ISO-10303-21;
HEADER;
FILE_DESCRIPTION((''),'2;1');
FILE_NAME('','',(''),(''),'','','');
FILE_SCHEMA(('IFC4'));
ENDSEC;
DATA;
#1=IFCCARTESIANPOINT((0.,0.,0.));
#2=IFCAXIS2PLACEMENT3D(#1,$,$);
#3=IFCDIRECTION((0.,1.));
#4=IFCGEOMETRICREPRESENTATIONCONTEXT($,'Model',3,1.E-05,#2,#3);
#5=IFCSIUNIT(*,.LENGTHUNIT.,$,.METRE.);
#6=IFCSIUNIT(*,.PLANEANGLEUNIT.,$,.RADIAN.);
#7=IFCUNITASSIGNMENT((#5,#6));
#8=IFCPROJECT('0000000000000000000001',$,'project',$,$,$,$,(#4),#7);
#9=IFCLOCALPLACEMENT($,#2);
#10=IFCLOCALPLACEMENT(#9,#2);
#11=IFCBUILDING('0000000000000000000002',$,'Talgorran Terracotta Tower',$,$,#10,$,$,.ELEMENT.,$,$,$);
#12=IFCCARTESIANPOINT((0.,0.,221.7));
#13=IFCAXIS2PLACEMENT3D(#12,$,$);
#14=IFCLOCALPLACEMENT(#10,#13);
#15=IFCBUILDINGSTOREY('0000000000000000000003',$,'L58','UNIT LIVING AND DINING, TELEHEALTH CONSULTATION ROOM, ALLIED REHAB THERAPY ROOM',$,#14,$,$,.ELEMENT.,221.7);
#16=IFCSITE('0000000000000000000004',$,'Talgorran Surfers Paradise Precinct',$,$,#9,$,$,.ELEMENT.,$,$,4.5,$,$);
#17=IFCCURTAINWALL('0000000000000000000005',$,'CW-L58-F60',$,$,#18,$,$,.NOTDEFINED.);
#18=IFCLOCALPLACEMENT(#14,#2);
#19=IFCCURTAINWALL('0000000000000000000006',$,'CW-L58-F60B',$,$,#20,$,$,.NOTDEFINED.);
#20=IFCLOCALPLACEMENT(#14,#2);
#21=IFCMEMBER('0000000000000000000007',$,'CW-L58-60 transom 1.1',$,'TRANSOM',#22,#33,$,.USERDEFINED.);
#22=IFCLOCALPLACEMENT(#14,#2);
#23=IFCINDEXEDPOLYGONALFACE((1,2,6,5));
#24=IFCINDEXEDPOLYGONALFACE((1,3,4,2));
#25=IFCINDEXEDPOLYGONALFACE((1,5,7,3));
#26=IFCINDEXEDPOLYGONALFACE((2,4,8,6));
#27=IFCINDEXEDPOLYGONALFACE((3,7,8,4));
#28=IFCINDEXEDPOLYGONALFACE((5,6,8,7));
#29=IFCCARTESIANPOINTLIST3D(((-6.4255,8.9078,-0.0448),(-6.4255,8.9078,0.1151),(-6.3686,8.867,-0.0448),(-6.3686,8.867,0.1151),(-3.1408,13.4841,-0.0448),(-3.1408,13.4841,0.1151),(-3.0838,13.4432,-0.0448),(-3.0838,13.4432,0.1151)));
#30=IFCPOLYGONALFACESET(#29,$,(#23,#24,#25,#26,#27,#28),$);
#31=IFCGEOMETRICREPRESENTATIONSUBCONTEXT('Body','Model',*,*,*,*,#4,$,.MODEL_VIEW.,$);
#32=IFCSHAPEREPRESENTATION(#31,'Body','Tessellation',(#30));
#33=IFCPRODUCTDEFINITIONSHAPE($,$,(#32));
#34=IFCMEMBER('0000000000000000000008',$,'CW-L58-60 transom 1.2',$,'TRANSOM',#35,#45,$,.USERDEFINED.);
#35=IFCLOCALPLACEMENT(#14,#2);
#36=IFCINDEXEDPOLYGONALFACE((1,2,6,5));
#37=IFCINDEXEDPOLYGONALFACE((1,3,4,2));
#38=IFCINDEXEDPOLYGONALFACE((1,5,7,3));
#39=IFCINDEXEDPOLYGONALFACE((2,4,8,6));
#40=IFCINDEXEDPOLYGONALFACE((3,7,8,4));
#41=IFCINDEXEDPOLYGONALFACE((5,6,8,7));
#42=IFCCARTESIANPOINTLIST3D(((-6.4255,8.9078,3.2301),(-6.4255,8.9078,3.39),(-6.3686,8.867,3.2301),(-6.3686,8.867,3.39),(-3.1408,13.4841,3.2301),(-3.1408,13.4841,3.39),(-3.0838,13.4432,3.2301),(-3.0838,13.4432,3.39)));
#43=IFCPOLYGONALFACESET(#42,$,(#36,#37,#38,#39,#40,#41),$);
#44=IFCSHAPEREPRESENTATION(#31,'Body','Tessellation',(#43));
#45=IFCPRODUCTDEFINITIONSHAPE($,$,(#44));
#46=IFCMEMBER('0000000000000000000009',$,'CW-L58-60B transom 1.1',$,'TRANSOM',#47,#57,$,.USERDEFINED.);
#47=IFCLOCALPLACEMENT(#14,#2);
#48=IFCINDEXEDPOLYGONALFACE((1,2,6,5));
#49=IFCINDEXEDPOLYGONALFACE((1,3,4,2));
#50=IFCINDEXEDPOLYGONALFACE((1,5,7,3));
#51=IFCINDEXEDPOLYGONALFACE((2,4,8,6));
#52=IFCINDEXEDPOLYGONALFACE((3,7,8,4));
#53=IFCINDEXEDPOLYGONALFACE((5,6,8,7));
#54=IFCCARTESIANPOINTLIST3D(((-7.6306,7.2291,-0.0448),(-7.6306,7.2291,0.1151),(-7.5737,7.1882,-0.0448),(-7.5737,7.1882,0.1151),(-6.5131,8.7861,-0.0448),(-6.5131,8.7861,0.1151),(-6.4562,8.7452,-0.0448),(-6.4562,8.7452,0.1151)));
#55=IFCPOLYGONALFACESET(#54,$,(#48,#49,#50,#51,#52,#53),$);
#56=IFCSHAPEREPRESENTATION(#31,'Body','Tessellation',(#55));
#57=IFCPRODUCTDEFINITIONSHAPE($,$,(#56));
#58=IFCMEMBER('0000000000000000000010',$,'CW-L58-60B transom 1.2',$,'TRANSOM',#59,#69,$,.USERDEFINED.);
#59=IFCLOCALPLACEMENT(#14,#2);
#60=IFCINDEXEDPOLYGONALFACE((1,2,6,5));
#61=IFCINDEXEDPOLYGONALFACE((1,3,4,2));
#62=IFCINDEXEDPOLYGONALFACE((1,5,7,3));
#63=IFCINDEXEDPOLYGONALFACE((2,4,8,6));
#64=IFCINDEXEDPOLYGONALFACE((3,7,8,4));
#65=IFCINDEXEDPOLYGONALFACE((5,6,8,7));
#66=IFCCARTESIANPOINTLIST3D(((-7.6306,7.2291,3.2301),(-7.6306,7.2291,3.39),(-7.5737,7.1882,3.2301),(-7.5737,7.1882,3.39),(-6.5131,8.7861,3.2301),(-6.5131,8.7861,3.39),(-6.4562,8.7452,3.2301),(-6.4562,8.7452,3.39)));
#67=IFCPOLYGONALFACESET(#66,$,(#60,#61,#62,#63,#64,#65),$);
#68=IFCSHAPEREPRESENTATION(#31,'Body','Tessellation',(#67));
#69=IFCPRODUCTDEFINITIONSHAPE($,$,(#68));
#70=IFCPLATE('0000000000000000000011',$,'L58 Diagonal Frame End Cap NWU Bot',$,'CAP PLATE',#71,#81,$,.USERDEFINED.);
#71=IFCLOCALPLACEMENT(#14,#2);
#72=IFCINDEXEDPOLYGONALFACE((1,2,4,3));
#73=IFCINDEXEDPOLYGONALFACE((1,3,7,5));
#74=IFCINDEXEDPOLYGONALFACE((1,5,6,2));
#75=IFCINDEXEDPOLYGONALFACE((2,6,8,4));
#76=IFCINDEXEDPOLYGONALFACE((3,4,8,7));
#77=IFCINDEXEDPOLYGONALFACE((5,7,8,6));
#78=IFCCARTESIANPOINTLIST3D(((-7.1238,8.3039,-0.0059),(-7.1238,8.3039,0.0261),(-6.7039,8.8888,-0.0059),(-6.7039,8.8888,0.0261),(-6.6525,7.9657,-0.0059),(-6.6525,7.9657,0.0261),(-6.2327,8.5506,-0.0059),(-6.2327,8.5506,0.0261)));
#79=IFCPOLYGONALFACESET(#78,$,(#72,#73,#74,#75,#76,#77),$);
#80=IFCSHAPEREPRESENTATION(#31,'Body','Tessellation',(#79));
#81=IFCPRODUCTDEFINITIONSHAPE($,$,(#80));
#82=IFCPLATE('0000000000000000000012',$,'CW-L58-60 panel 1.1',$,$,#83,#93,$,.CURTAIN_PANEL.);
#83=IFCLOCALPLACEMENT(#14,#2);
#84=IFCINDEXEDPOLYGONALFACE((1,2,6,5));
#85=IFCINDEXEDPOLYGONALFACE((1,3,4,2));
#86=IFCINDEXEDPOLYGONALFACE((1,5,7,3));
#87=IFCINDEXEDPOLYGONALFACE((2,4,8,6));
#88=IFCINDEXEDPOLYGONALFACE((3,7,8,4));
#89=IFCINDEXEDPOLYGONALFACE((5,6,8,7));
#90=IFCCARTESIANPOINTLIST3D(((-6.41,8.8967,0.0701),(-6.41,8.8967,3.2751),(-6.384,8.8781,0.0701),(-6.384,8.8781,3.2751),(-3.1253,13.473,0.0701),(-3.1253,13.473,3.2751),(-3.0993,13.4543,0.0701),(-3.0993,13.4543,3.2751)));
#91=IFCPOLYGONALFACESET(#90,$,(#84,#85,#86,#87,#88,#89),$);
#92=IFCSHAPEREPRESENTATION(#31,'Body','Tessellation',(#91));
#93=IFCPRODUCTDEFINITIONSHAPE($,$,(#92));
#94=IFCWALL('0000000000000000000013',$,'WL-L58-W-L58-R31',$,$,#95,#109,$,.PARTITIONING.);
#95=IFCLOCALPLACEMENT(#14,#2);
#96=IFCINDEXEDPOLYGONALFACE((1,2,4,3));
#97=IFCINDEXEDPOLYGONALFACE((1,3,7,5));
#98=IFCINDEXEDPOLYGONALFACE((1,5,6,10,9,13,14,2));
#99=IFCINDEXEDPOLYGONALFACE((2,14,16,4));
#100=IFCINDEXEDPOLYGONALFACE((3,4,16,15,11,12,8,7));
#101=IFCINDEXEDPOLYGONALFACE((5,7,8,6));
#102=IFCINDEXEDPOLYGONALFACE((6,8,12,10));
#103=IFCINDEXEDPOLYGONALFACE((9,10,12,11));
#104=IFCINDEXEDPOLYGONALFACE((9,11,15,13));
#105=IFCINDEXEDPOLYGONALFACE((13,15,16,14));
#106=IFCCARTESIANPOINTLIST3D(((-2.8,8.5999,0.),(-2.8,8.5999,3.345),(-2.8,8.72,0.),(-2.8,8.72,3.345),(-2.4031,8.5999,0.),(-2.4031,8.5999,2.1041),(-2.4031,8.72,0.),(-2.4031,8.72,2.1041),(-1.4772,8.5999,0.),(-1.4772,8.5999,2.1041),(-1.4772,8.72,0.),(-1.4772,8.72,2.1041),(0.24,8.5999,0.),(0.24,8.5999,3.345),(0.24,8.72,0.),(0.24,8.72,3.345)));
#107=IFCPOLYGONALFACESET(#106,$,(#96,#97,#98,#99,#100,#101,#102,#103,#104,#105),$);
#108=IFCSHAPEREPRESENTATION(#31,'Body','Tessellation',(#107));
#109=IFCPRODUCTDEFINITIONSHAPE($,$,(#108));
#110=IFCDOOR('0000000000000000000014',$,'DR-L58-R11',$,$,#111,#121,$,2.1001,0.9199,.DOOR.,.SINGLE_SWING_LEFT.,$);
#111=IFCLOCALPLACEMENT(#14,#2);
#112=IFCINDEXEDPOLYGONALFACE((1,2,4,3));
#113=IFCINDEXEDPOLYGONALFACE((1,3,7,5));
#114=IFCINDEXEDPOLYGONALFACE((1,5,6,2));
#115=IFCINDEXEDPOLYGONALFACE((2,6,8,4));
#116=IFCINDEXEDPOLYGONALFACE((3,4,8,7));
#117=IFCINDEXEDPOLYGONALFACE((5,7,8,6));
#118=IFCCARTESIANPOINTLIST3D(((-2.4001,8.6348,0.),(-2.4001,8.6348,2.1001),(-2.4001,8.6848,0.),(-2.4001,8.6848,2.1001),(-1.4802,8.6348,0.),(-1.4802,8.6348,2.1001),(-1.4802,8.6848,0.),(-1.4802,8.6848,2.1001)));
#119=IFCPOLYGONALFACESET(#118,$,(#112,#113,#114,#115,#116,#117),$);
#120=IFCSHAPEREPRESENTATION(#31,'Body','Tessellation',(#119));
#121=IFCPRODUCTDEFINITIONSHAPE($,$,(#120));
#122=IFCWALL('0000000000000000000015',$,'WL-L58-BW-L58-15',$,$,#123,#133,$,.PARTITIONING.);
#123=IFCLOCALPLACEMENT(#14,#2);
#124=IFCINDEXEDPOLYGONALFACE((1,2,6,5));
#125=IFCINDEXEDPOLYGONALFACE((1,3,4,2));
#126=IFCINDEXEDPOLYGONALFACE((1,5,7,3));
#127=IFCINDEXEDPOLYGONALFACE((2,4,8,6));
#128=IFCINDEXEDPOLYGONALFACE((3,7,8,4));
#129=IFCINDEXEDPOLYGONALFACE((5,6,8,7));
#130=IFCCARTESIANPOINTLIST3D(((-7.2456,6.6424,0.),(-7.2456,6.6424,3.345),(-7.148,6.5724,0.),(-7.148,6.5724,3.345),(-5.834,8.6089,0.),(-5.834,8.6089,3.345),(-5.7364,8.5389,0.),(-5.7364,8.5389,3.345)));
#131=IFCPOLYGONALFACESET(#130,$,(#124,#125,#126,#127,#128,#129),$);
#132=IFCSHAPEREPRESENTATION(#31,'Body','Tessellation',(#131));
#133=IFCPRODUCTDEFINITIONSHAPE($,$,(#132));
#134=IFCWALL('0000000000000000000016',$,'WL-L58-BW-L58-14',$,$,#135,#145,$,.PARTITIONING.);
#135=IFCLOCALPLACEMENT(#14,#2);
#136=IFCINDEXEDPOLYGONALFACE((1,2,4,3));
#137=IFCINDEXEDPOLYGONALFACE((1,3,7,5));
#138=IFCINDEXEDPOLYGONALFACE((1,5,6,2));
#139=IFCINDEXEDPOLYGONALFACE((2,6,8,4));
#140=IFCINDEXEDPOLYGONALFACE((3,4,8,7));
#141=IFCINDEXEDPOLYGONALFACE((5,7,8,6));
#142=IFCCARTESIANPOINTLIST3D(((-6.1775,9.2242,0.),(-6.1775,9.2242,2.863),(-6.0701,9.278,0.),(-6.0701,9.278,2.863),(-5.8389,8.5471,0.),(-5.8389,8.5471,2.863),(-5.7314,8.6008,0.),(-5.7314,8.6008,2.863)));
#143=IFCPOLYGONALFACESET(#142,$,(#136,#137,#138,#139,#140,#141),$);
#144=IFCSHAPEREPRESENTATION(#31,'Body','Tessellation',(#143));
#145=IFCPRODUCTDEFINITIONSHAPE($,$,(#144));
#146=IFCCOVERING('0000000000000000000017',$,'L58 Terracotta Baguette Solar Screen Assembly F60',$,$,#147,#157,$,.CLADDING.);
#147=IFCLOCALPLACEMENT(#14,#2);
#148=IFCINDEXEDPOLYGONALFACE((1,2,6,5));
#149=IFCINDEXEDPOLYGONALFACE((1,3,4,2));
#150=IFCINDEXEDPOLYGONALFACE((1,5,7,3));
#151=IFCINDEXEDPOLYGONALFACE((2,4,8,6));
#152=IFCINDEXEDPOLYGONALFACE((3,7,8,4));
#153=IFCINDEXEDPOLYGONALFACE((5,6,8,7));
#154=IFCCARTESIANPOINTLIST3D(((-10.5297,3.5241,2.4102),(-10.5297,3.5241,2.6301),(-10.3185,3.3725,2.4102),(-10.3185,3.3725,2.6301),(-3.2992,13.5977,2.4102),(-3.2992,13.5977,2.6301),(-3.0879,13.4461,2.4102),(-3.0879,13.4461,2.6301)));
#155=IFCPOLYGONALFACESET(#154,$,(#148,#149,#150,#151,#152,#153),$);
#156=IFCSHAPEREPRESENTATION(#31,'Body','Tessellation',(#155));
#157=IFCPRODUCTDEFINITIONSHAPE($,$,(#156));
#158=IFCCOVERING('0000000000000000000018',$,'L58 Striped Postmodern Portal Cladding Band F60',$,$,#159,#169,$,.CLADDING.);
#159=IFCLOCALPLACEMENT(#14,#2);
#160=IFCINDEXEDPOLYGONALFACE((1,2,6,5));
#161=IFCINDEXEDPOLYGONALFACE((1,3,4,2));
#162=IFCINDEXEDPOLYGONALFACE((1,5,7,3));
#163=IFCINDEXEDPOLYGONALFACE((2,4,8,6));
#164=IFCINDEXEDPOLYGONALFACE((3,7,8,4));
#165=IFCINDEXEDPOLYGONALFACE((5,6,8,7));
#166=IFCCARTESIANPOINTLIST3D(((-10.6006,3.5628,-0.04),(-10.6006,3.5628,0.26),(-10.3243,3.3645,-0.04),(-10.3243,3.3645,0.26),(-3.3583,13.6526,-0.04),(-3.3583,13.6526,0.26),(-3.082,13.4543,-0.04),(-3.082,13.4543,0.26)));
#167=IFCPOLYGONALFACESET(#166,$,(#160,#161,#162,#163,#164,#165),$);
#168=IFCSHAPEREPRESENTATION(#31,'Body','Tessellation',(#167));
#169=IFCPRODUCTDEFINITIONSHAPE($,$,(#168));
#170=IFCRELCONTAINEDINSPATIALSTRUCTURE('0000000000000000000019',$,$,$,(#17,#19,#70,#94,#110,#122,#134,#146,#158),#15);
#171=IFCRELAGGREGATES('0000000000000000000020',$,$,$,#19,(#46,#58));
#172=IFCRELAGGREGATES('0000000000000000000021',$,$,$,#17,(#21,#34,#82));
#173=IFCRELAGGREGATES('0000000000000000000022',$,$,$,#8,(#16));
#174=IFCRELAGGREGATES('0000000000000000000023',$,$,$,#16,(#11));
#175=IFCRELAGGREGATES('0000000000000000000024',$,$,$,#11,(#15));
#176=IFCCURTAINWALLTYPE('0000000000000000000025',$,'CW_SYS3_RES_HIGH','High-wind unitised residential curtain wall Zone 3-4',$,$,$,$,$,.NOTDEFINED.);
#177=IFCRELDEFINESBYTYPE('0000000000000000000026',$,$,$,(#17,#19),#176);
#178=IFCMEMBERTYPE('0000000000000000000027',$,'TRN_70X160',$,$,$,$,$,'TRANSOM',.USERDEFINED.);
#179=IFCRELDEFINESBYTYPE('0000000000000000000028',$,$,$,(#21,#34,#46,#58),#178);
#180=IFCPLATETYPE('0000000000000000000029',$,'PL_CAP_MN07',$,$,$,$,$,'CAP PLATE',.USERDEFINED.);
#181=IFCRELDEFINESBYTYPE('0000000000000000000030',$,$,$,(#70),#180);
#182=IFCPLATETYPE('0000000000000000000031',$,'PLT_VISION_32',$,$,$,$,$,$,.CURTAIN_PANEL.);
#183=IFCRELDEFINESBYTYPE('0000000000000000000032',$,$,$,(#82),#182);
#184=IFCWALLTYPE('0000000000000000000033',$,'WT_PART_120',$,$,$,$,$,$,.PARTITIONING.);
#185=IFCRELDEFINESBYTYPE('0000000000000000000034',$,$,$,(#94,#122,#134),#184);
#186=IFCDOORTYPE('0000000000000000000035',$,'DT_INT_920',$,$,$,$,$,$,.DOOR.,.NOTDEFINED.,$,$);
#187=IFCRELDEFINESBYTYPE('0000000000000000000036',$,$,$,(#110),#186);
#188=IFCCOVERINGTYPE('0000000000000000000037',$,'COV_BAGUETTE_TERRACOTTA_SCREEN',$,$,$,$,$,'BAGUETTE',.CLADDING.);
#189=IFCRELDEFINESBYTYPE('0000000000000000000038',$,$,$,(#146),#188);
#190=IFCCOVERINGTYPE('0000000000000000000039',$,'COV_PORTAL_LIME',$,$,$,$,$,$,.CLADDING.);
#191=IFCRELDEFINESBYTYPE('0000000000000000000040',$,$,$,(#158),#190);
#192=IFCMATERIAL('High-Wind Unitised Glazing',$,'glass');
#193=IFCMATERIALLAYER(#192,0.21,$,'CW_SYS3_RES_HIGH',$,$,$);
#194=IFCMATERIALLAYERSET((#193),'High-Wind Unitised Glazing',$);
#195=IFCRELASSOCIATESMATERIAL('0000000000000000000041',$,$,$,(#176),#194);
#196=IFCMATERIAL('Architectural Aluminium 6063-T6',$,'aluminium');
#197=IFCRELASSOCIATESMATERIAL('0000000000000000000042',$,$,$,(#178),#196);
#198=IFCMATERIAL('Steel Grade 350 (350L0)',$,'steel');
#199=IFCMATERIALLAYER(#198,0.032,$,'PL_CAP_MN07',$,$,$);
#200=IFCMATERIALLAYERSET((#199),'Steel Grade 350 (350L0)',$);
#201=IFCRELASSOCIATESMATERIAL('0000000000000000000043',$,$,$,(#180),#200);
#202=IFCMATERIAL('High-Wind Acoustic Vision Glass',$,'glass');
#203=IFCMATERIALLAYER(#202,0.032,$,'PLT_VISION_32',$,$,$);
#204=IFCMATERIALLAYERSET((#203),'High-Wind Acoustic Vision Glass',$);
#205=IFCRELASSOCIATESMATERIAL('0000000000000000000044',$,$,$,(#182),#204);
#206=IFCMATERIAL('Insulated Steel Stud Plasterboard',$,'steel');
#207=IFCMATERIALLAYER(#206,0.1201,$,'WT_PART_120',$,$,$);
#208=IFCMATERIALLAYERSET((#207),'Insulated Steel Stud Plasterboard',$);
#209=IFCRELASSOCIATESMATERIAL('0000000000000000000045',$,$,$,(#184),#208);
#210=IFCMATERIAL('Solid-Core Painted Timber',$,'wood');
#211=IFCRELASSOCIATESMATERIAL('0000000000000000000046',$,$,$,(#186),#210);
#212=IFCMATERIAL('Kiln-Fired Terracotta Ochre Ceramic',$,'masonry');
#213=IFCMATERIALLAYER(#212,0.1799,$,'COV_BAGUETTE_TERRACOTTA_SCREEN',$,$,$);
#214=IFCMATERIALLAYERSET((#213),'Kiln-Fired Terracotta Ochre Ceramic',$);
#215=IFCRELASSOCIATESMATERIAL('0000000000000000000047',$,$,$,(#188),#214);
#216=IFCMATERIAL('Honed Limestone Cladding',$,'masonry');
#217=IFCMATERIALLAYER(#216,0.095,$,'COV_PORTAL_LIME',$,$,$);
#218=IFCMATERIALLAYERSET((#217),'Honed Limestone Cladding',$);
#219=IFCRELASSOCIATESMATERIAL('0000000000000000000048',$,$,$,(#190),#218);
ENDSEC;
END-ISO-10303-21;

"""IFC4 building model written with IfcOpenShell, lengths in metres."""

from ifc_helpers import new_model, si_unit, direction, frame, frame_2d, origin, origin_2d, place, context, subcontext, project, spatial, rectangle, extrude, source, transform, mapped, material, layer, layer_set, material_profile, profile_set, type_object, type_shapes, element, fill, aggregate, save


model = new_model("IFC4")

# Units and contexts
model_context = context("Model", 3, precision=1e-05, world=origin(), true_north=direction((0.0, 1.0)))
body_context = subcontext(model_context, "Body", "Model", "MODEL_VIEW")
ifc_project = project(units=[si_unit("LENGTHUNIT", "METRE"), si_unit("PLANEANGLEUNIT", "RADIAN")], contexts=[model_context])

# Site, building, storey
site_placement = place(None, origin())
site = spatial("IfcSite", under=ifc_project, at=site_placement, Name="Talgorran Surfers Paradise Precinct", CompositionType="ELEMENT", RefElevation=4.5)
building_placement = place(site_placement, origin())
building = spatial("IfcBuilding", under=site, at=building_placement, Name="Talgorran Terracotta Tower", CompositionType="ELEMENT")
storey_placement = place(building_placement, frame((0.0, 0.0, 221.7)))
storey = spatial("IfcBuildingStorey", under=building, at=storey_placement, Name="L58", Description="UNIT LIVING AND DINING, TELEHEALTH CONSULTATION ROOM, ALLIED REHAB THERAPY ROOM", CompositionType="ELEMENT", Elevation=221.7)

# Shared definitions
ifc_material_1 = material(Name="Steel Grade 350 (350L0)", Category="steel")

# Shared definitions
ifc_material_2 = material(Name="High-Wind Unitised Glazing", Category="glass")
ifc_layer_1 = layer(ifc_material_2, 0.21, Name="CW_SYS3_RES_HIGH")
ifc_layer_set_1 = layer_set([ifc_layer_1], Name="High-Wind Unitised Glazing")
curtain_wall_type = type_object("IfcCurtainWallType", Name="CW_SYS3_RES_HIGH", Description="High-wind unitised residential curtain wall Zone 3-4", PredefinedType="NOTDEFINED", material=ifc_layer_set_1)
ifc_material_3 = material(Name="Architectural Aluminium 6063-T6", Category="aluminium")

# Curtain wall
curtain_wall_1_placement = place(storey_placement, origin())
curtain_wall_1 = element("IfcCurtainWall", 1, at=curtain_wall_1_placement, inside=storey, type_object=curtain_wall_type, Name="CW-L58-F60", PredefinedType="NOTDEFINED")

# Curtain wall
curtain_wall_2_placement = place(storey_placement, origin())
curtain_wall_2 = element("IfcCurtainWall", 2, at=curtain_wall_2_placement, inside=storey, type_object=curtain_wall_type, Name="CW-L58-F60B", PredefinedType="NOTDEFINED")

# Members
ifc_material_profile_1 = material_profile(ifc_material_3, rectangle(XDim=0.0701, YDim=0.1599, at=origin_2d()), Name="CWT70X160")
ifc_profile_set_1 = profile_set([ifc_material_profile_1], Name="Architectural Aluminium 6063-T6")
member_type_1 = type_object("IfcMemberType", Name="TRN_70X160", ElementType="TRANSOM", PredefinedType="USERDEFINED", material=ifc_profile_set_1)
member_1_placement = place(storey_placement, frame((-3.1123, 13.4636, 0.0352), z_axis=(-0.583114, -0.81239, 0.0), x_axis=(0.81239, -0.583114, 0.0)))
member_1 = element("IfcMember", 3, at=member_1_placement, type_object=member_type_1, Name="CW-L58-60 transom 1.1", ObjectType="TRANSOM", PredefinedType="USERDEFINED", context=body_context, shape_type="SweptSolid", body=[
    extrude(rectangle(XDim=0.0701, YDim=0.1599, at=origin_2d()), origin(), (0.0, 0.0, 1.0), 5.6331),
])
member_2_placement = place(storey_placement, frame((-3.1123, 13.4636, 3.3101), z_axis=(-0.583114, -0.81239, 0.0), x_axis=(0.81239, -0.583114, 0.0)))
member_2 = element("IfcMember", 4, at=member_2_placement, type_object=member_type_1, Name="CW-L58-60 transom 1.2", ObjectType="TRANSOM", PredefinedType="USERDEFINED", context=body_context, shape_type="SweptSolid", body=[
    extrude(rectangle(XDim=0.0701, YDim=0.1599, at=origin_2d()), origin(), (0.0, 0.0, 1.0), 5.6331),
])
member_3_placement = place(storey_placement, frame((-6.4846, 8.7656, 0.0352), z_axis=(-0.583093, -0.812406, 0.0), x_axis=(0.812406, -0.583093, 0.0)))
member_3 = element("IfcMember", 5, at=member_3_placement, type_object=member_type_1, Name="CW-L58-60B transom 1.1", ObjectType="TRANSOM", PredefinedType="USERDEFINED", context=body_context, shape_type="SweptSolid", body=[
    extrude(rectangle(XDim=0.0701, YDim=0.1599, at=origin_2d()), origin(), (0.0, 0.0, 1.0), 1.9165),
])
member_4_placement = place(storey_placement, frame((-6.4846, 8.7656, 3.3101), z_axis=(-0.583093, -0.812406, 0.0), x_axis=(0.812406, -0.583093, 0.0)))
member_4 = element("IfcMember", 6, at=member_4_placement, type_object=member_type_1, Name="CW-L58-60B transom 1.2", ObjectType="TRANSOM", PredefinedType="USERDEFINED", context=body_context, shape_type="SweptSolid", body=[
    extrude(rectangle(XDim=0.0701, YDim=0.1599, at=origin_2d()), origin(), (0.0, 0.0, 1.0), 1.9165),
])
aggregate(curtain_wall_2, [member_3, member_4])

# Plates
ifc_layer_2 = layer(ifc_material_1, 0.032, Name="PL_CAP_MN07")
ifc_layer_set_2 = layer_set([ifc_layer_2], Name="Steel Grade 350 (350L0)")
plate_type_1 = type_object("IfcPlateType", Name="PL_CAP_MN07", ElementType="CAP PLATE", PredefinedType="USERDEFINED", material=ifc_layer_set_2)
plate_1_placement = place(storey_placement, frame((-6.6782, 8.4272, -0.0059), z_axis=(0.0, 0.0, 1.0), x_axis=(-0.583116, -0.812389, 0.0)))
element("IfcPlate", 7, at=plate_1_placement, inside=storey, type_object=plate_type_1, Name="L58 Diagonal Frame End Cap NWU Bot", ObjectType="CAP PLATE", PredefinedType="USERDEFINED", context=body_context, shape_type="SweptSolid", body=[
    extrude(rectangle(XDim=0.72, YDim=0.5801, at=origin_2d()), origin(), (0.0, 0.0, 1.0), 0.032),
])
ifc_material_4 = material(Name="High-Wind Acoustic Vision Glass", Category="glass")
ifc_layer_3 = layer(ifc_material_4, 0.032, Name="PLT_VISION_32")
ifc_layer_set_3 = layer_set([ifc_layer_3], Name="High-Wind Acoustic Vision Glass")
plate_type_2 = type_object("IfcPlateType", Name="PLT_VISION_32", PredefinedType="CURTAIN_PANEL", material=ifc_layer_set_3)
shared_shape = source(origin(), body_context, "Body", "SweptSolid", [
    extrude(rectangle(XDim=5.6331, YDim=0.032, at=origin_2d()), origin(), (0.0, 0.0, 1.0), 3.2051),
])
type_shapes(plate_type_2, [shared_shape])
plate_2_placement = place(storey_placement, frame((-4.7546, 11.1755, 0.0701), z_axis=(0.0, 0.0, 1.0), x_axis=(-0.583114, -0.81239, 0.0)))
plate_2 = element("IfcPlate", 8, at=plate_2_placement, type_object=plate_type_2, Name="CW-L58-60 panel 1.1", PredefinedType="CURTAIN_PANEL", context=body_context, shape_type="MappedRepresentation", body=[
    mapped(shared_shape, transform((0.0, 0.0, 0.0), scale=1.0)),
])
aggregate(curtain_wall_1, [member_1, member_2, plate_2])

# Wall, opening, door
ifc_material_5 = material(Name="Insulated Steel Stud Plasterboard", Category="steel")
ifc_layer_4 = layer(ifc_material_5, 0.1201, Name="WT_PART_120")
ifc_layer_set_4 = layer_set([ifc_layer_4], Name="Insulated Steel Stud Plasterboard")
wall_type = type_object("IfcWallType", Name="WT_PART_120", PredefinedType="PARTITIONING", material=ifc_layer_set_4)
wall_1_placement = place(storey_placement, frame((-2.8, 8.6599, 0.0), z_axis=(0.0, 0.0, 1.0), x_axis=(1.0, 0.0, 0.0)))
wall_1 = element("IfcWall", 9, at=wall_1_placement, inside=storey, type_object=wall_type, Name="WL-L58-W-L58-R31", PredefinedType="PARTITIONING", context=body_context, shape_type="SweptSolid", body=[
    extrude(rectangle(XDim=3.04, YDim=0.1201, at=frame_2d((1.52, 0.0))), origin(), (0.0, 0.0, 1.0), 3.345),
])
opening_placement = place(wall_1_placement, frame((0.3999, 0.0, 0.0)))
opening = element("IfcOpeningElement", 10, at=opening_placement, cuts=wall_1, PredefinedType="OPENING", context=body_context, shape_type="SweptSolid", body=[
    extrude(rectangle(XDim=0.9259, YDim=2.1041, at=frame_2d((0.46, 1.052))), frame((0.0, 0.0701, 0.0), z_axis=(0.0, -1.0, 0.0), x_axis=(1.0, 0.0, 0.0)), (0.0, 0.0, 1.0), 0.1401),
])
ifc_material_6 = material(Name="Solid-Core Painted Timber", Category="wood")
door_type = type_object("IfcDoorType", Name="DT_INT_920", OperationType="NOTDEFINED", PredefinedType="DOOR", material=ifc_material_6)
door_placement = place(opening_placement, origin())
door = element("IfcDoor", 11, at=door_placement, inside=storey, type_object=door_type, Name="DR-L58-R11", OperationType="SINGLE_SWING_LEFT", OverallHeight=2.1001, OverallWidth=0.9199, PredefinedType="DOOR", context=body_context, shape_type="SweptSolid", body=[
    extrude(rectangle(XDim=0.9199, YDim=2.1001, at=frame_2d((0.46, 1.05))), frame((0.0, 0.0249, 0.0), z_axis=(0.0, -1.0, 0.0), x_axis=(1.0, 0.0, 0.0)), (0.0, 0.0, 1.0), 0.05),
])
fill(opening, door)

# Walls
wall_2_placement = place(storey_placement, frame((-5.7852, 8.574, 0.0), z_axis=(0.0, 0.0, 1.0), x_axis=(-0.583135, -0.812375, 0.0)))
element("IfcWall", 12, at=wall_2_placement, inside=storey, type_object=wall_type, Name="WL-L58-BW-L58-15", PredefinedType="PARTITIONING", context=body_context, shape_type="SweptSolid", body=[
    extrude(rectangle(XDim=2.4207, YDim=0.1201, at=frame_2d((1.2104, 0.0))), origin(), (0.0, 0.0, 1.0), 3.345),
])
wall_3_placement = place(storey_placement, frame((-6.1238, 9.251, 0.0), z_axis=(0.0, 0.0, 1.0), x_axis=(0.447343, -0.894363, 0.0)))
element("IfcWall", 13, at=wall_3_placement, inside=storey, type_object=wall_type, Name="WL-L58-BW-L58-14", PredefinedType="PARTITIONING", context=body_context, shape_type="SweptSolid", body=[
    extrude(rectangle(XDim=0.7571, YDim=0.1201, at=frame_2d((0.3784, 0.0))), origin(), (0.0, 0.0, 1.0), 2.863),
])

# Coverings
ifc_material_7 = material(Name="Kiln-Fired Terracotta Ochre Ceramic", Category="masonry")
ifc_layer_5 = layer(ifc_material_7, 0.1799, Name="COV_BAGUETTE_TERRACOTTA_SCREEN")
ifc_layer_set_5 = layer_set([ifc_layer_5], Name="Kiln-Fired Terracotta Ochre Ceramic")
covering_type_1 = type_object("IfcCoveringType", Name="COV_BAGUETTE_TERRACOTTA_SCREEN", ElementType="BAGUETTE", PredefinedType="CLADDING", material=ifc_layer_set_5)
covering_1_placement = place(storey_placement, frame((-6.8088, 8.4851, 2.4102), z_axis=(0.0, 0.0, 1.0), x_axis=(-0.583116, -0.812389, 0.0)))
element("IfcCovering", 14, at=covering_1_placement, inside=storey, type_object=covering_type_1, Name="L58 Terracotta Baguette Solar Screen Assembly F60", PredefinedType="CLADDING", context=body_context, shape_type="SweptSolid", body=[
    extrude(rectangle(XDim=12.3999, YDim=0.26, at=origin_2d()), origin(), (0.0, 0.0, 1.0), 0.22),
])
ifc_material_8 = material(Name="Honed Limestone Cladding", Category="masonry")
ifc_layer_6 = layer(ifc_material_8, 0.095, Name="COV_PORTAL_LIME")
ifc_layer_set_6 = layer_set([ifc_layer_6], Name="Honed Limestone Cladding")
covering_type_2 = type_object("IfcCoveringType", Name="COV_PORTAL_LIME", PredefinedType="CLADDING", material=ifc_layer_set_6)
covering_2_placement = place(storey_placement, frame((-6.8413, 8.5085, -0.04), z_axis=(0.0, 0.0, 1.0), x_axis=(-0.583116, -0.812389, 0.0)))
element("IfcCovering", 15, at=covering_2_placement, inside=storey, type_object=covering_type_2, Name="L58 Striped Postmodern Portal Cladding Band F60", PredefinedType="CLADDING", context=body_context, shape_type="SweptSolid", body=[
    extrude(rectangle(XDim=12.4199, YDim=0.3401, at=origin_2d()), origin(), (0.0, 0.0, 1.0), 0.3),
])

save(model, "model.ifc")
